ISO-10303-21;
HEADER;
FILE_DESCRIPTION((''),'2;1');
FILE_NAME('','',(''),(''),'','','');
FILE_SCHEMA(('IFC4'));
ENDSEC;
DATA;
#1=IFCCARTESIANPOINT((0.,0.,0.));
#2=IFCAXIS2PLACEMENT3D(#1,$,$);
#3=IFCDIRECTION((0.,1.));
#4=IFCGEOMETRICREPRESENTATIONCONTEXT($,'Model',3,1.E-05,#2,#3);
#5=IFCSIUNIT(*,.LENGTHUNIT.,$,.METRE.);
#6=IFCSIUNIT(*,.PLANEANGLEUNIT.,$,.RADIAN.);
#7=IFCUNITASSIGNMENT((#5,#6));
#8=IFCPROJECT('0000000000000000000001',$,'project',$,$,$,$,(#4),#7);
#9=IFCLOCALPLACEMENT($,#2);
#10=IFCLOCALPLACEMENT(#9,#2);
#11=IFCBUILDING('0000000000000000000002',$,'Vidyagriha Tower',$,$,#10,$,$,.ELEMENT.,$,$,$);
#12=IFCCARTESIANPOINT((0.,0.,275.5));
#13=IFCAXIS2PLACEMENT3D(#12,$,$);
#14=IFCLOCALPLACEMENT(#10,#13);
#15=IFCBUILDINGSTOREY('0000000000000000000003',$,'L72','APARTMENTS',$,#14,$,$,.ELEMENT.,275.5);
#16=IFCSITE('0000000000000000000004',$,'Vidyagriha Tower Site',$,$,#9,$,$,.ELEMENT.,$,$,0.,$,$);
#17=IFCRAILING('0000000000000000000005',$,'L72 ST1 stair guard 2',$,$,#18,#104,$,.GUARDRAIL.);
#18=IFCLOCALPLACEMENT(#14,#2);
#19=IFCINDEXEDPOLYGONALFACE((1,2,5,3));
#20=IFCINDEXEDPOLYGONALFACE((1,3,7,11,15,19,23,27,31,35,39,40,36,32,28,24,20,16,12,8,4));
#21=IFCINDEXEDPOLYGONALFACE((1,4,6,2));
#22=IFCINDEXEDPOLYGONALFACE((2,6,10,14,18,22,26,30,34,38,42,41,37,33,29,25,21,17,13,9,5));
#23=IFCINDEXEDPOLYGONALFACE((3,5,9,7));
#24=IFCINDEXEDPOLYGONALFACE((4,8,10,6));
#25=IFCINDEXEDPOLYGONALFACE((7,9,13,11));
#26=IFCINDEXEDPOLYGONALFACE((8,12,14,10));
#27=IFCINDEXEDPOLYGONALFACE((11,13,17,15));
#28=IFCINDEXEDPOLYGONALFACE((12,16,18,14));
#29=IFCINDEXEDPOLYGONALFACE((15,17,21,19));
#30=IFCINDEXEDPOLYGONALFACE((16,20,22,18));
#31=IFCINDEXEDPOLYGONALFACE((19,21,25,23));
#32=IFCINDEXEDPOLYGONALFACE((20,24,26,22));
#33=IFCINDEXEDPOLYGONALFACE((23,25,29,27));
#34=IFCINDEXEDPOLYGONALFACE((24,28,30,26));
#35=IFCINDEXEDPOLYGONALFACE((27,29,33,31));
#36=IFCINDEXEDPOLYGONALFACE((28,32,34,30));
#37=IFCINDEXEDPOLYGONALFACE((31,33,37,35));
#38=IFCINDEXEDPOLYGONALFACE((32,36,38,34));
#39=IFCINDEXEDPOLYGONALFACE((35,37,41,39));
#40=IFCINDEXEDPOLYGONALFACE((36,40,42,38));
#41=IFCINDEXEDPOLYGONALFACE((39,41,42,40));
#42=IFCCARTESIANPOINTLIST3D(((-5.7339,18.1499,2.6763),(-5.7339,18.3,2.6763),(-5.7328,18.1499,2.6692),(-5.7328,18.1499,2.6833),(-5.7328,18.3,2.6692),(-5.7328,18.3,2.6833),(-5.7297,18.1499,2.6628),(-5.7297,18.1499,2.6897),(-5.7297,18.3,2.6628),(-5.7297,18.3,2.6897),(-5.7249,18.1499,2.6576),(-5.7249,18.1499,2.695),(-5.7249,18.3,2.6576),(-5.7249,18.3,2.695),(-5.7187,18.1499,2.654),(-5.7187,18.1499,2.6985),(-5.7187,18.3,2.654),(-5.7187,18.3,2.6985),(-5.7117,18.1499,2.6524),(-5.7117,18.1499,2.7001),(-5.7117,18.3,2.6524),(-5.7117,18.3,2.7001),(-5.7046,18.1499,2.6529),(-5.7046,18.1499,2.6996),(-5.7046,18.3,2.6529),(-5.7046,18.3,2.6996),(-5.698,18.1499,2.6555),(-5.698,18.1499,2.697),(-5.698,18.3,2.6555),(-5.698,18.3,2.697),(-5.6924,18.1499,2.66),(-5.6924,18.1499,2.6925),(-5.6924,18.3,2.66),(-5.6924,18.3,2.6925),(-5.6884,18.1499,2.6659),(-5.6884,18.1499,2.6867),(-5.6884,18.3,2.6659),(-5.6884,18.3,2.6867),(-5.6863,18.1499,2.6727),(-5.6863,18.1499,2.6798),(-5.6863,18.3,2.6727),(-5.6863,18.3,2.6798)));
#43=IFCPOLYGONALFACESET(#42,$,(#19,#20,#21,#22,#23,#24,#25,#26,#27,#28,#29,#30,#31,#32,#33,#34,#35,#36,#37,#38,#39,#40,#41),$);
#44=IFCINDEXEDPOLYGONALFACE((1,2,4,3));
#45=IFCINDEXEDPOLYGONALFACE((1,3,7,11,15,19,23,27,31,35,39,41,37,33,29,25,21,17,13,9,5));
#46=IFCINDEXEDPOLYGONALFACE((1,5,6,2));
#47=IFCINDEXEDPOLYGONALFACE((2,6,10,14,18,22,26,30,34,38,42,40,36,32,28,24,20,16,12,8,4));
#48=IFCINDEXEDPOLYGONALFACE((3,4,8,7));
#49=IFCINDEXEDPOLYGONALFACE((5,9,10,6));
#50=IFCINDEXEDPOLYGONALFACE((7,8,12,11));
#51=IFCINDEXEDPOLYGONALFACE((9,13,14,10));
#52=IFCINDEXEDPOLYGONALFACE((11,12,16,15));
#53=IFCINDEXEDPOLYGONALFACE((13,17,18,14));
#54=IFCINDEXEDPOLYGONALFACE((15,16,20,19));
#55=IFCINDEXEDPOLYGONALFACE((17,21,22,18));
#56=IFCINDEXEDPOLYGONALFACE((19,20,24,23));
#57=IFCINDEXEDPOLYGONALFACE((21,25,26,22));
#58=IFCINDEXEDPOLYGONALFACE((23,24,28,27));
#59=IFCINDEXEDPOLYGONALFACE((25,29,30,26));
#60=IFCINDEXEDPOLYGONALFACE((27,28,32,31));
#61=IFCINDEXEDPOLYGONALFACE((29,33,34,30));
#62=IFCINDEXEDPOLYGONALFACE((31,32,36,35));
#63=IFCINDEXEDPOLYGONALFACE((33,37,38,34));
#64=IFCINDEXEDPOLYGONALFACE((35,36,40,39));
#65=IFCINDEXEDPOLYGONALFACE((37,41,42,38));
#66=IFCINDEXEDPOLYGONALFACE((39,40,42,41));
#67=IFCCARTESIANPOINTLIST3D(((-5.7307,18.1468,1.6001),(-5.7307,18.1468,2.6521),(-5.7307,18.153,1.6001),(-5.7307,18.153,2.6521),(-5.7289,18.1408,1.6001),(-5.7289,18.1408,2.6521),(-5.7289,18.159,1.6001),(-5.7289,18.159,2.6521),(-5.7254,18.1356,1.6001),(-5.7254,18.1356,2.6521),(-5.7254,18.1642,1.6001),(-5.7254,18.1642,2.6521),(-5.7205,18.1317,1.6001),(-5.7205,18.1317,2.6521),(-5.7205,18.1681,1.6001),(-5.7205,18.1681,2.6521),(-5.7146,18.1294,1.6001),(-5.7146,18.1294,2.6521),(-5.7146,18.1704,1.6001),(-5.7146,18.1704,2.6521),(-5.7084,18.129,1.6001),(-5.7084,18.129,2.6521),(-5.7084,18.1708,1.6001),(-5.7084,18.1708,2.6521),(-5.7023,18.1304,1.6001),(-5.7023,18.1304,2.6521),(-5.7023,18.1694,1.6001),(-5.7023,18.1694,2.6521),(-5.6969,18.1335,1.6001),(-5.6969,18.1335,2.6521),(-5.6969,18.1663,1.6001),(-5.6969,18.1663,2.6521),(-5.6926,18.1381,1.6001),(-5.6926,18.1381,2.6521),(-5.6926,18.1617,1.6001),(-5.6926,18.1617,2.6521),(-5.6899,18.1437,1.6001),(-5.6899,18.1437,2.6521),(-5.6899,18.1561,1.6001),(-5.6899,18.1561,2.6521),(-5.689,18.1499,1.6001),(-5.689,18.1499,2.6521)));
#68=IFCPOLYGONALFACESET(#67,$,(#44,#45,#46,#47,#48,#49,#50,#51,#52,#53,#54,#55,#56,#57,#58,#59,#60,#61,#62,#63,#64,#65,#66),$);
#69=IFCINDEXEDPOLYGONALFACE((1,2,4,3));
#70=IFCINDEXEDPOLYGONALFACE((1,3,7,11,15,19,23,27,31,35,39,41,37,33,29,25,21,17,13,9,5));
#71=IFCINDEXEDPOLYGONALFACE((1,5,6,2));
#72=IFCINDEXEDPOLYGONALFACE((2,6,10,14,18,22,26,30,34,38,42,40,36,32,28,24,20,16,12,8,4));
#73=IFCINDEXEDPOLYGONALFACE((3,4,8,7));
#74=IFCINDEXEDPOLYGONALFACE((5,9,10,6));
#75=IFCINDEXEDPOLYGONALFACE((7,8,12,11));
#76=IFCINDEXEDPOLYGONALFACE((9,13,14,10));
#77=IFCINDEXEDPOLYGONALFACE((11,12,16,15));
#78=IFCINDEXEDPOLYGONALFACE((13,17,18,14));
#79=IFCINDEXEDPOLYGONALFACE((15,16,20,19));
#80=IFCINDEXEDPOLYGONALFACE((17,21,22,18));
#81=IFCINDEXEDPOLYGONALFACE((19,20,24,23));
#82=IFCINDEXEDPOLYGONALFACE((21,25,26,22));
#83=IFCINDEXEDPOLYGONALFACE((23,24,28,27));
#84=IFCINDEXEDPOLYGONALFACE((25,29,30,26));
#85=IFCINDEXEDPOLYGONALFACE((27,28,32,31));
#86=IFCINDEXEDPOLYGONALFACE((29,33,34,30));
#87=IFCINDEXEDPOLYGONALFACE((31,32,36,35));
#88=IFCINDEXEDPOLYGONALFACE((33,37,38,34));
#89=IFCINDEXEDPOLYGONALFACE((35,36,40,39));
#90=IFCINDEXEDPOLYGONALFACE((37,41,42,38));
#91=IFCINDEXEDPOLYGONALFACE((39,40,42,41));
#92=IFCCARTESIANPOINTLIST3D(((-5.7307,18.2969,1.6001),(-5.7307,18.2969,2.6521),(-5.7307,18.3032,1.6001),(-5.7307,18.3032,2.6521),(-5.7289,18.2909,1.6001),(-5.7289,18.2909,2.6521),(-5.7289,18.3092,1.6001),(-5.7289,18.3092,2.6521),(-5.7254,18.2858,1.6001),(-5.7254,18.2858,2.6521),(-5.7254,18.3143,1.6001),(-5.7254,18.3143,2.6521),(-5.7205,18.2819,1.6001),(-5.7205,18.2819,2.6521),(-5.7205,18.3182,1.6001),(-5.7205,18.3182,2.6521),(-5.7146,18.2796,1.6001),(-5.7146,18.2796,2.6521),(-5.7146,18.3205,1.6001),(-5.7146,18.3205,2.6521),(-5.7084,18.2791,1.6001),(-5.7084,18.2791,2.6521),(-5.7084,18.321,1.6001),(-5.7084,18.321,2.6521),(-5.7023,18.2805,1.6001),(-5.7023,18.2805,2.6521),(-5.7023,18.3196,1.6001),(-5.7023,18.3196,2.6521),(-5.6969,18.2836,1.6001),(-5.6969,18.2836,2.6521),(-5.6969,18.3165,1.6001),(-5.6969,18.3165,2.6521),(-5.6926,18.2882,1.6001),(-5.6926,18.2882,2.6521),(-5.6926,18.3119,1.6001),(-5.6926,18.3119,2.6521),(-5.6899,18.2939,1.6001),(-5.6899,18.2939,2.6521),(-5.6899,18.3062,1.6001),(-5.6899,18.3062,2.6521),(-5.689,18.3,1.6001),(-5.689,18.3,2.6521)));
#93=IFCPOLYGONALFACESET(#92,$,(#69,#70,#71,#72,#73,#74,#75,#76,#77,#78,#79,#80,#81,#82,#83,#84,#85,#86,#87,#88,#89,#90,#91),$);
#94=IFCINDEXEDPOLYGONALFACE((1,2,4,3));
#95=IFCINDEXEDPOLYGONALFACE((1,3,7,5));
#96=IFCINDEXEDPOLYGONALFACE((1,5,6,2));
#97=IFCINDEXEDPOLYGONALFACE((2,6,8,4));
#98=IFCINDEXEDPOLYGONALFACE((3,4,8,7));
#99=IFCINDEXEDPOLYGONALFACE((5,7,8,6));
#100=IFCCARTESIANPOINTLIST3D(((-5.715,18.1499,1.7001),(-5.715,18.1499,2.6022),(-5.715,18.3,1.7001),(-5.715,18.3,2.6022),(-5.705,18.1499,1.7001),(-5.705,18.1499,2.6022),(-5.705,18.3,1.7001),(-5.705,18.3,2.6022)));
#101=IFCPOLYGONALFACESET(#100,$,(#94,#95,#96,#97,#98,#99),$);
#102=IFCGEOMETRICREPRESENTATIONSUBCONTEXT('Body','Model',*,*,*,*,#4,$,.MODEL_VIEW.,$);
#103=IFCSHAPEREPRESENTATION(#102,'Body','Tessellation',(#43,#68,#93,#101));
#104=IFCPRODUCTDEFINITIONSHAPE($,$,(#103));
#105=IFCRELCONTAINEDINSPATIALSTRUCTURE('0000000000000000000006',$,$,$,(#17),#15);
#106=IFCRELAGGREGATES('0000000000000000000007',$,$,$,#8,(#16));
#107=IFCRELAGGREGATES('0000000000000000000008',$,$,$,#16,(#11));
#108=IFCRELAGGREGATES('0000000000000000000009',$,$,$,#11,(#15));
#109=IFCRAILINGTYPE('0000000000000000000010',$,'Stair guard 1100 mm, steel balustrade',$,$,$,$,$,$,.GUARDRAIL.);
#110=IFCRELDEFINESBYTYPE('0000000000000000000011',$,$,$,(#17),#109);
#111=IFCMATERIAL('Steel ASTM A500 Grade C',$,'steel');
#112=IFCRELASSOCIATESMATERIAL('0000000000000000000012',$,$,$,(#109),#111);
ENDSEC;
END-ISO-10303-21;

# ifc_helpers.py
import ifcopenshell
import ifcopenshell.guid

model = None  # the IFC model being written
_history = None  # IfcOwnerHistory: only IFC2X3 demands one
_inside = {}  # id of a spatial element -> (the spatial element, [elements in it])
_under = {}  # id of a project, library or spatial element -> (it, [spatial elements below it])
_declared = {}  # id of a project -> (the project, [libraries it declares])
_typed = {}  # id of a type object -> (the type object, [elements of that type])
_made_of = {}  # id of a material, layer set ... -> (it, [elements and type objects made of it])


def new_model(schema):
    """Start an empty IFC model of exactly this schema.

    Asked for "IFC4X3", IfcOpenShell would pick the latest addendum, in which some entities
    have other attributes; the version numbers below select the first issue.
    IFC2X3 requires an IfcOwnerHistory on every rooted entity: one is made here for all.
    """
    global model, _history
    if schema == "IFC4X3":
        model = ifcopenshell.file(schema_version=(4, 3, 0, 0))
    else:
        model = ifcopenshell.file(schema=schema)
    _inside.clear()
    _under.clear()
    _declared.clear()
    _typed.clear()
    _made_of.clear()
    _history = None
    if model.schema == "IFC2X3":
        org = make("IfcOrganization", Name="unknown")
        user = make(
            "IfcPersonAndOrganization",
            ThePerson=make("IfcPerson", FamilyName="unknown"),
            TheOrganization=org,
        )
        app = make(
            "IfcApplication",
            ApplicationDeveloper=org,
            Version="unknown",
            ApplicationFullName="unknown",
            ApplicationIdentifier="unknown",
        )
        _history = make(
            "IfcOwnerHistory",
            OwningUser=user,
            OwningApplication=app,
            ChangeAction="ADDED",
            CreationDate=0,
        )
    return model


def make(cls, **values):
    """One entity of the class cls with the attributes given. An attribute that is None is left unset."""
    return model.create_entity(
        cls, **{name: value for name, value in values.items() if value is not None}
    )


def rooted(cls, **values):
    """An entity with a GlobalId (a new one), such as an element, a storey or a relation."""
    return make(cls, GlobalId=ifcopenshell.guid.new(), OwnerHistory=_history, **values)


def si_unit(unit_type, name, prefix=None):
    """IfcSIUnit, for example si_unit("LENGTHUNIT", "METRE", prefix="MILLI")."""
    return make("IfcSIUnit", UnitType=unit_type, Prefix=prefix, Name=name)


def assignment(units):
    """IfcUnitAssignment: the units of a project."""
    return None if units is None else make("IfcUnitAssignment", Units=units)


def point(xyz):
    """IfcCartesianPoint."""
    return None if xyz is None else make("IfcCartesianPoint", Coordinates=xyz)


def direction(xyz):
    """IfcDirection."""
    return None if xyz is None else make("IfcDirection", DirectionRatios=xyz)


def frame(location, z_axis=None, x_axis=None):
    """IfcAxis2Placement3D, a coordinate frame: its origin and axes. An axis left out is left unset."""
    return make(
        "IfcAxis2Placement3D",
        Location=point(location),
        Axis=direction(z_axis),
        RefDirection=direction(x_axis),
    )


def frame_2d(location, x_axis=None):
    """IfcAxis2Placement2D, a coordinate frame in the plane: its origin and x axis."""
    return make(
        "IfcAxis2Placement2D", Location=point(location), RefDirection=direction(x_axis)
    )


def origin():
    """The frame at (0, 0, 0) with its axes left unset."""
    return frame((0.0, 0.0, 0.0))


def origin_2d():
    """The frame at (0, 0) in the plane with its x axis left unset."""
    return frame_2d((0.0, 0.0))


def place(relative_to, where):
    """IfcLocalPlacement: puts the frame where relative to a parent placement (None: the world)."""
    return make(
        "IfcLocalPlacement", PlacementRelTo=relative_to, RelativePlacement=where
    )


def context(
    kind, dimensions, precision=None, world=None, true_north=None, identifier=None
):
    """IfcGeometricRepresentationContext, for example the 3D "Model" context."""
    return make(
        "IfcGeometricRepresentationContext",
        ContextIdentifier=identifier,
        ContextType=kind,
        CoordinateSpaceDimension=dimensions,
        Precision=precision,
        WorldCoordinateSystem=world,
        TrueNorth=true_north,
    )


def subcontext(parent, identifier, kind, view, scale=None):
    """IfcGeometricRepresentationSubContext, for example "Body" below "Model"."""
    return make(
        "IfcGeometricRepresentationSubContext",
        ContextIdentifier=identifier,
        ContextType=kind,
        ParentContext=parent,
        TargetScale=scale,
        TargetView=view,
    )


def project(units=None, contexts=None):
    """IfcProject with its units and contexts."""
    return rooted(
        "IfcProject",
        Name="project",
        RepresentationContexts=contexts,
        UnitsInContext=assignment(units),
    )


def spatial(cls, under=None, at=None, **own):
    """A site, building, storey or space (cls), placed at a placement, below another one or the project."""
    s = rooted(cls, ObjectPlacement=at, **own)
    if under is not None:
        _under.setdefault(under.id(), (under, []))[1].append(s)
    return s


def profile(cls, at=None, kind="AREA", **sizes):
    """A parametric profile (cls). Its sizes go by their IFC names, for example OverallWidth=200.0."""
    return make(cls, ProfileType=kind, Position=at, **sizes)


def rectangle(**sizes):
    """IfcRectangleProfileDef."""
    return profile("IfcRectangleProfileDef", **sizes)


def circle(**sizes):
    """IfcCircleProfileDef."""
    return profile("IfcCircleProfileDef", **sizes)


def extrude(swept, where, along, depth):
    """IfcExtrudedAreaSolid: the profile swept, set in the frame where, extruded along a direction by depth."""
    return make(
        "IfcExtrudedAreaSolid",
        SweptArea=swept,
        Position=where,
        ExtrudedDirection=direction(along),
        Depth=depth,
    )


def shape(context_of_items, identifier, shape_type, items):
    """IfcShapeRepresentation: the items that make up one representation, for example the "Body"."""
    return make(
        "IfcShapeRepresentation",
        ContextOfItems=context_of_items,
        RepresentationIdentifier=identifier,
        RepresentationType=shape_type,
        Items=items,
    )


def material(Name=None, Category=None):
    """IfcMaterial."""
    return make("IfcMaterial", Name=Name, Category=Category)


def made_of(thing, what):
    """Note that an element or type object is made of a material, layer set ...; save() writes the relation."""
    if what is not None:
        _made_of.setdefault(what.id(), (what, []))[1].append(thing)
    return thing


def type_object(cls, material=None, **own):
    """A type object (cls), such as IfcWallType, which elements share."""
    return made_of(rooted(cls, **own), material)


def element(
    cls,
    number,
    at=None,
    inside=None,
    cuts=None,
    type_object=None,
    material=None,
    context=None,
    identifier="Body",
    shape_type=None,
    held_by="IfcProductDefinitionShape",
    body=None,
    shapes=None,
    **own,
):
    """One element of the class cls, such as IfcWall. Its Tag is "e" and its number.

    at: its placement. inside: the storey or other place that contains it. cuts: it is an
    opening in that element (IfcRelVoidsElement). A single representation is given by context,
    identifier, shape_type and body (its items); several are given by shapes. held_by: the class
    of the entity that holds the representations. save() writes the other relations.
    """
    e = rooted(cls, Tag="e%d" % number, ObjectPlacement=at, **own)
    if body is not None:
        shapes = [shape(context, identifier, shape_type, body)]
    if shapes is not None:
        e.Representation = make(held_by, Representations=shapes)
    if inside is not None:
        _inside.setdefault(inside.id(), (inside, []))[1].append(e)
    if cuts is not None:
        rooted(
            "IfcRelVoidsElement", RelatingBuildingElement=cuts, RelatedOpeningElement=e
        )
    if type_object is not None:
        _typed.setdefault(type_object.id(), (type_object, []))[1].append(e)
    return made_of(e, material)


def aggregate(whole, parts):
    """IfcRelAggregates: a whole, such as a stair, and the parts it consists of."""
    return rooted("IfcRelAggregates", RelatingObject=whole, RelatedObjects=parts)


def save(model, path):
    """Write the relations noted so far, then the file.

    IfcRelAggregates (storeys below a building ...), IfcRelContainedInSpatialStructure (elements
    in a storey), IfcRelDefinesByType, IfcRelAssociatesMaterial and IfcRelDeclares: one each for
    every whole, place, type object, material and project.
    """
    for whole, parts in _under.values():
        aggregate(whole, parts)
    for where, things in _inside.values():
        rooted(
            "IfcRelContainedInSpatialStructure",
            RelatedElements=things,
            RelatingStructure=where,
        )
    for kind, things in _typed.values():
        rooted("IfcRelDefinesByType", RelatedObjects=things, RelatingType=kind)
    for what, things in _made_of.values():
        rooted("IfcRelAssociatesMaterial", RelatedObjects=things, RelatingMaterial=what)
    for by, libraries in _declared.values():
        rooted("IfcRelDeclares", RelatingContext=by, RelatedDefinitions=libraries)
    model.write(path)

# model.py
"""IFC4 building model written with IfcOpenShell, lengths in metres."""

from ifc_helpers import new_model, si_unit, direction, frame, origin, origin_2d, place, context, subcontext, project, spatial, rectangle, circle, extrude, material, type_object, element, save


model = new_model("IFC4")

# Units and contexts
model_context = context("Model", 3, precision=1e-05, world=origin(), true_north=direction((0.0, 1.0)))
body_context = subcontext(model_context, "Body", "Model", "MODEL_VIEW")
ifc_project = project(units=[si_unit("LENGTHUNIT", "METRE"), si_unit("PLANEANGLEUNIT", "RADIAN")], contexts=[model_context])

# Site, building, storey
site_placement = place(None, origin())
site = spatial("IfcSite", under=ifc_project, at=site_placement, Name="Vidyagriha Tower Site", CompositionType="ELEMENT", RefElevation=0.0)
building_placement = place(site_placement, origin())
building = spatial("IfcBuilding", under=site, at=building_placement, Name="Vidyagriha Tower", CompositionType="ELEMENT")
storey_placement = place(building_placement, frame((0.0, 0.0, 275.5)))
storey = spatial("IfcBuildingStorey", under=building, at=storey_placement, Name="L72", Description="APARTMENTS", CompositionType="ELEMENT", Elevation=275.5)

# Railing
ifc_material_1 = material(Name="Steel ASTM A500 Grade C", Category="steel")
railing_type_1 = type_object("IfcRailingType", Name="Stair guard 1100 mm, steel balustrade", PredefinedType="GUARDRAIL", material=ifc_material_1)
railing_1_placement = place(storey_placement, frame((-5.71, 18.1499, 1.6001)))
element("IfcRailing", 1, at=railing_1_placement, inside=storey, type_object=railing_type_1, Name="L72 ST1 stair guard 2", PredefinedType="GUARDRAIL", context=body_context, shape_type="SweptSolid", body=[
    extrude(circle(Radius=0.0239, at=origin_2d()), frame((0.0, 0.0, 1.0762), z_axis=(0.0, 1.0, 0.0), x_axis=(-1.0, 0.0, 0.0)), (0.0, 0.0, 1.0), 0.1501),
    extrude(circle(Radius=0.021, at=origin_2d()), origin(), (0.0, 0.0, 1.0), 1.052),
    extrude(circle(Radius=0.021, at=origin_2d()), frame((0.0, 0.1501, 0.0)), (0.0, 0.0, 1.0), 1.052),
    extrude(rectangle(XDim=0.01, YDim=0.9021, at=origin_2d()), frame((0.0, 0.0, 0.551), z_axis=(0.0, 1.0, 0.0), x_axis=(-1.0, 0.0, 0.0)), (0.0, 0.0, 1.0), 0.1501),
])

save(model, "model.ifc")
